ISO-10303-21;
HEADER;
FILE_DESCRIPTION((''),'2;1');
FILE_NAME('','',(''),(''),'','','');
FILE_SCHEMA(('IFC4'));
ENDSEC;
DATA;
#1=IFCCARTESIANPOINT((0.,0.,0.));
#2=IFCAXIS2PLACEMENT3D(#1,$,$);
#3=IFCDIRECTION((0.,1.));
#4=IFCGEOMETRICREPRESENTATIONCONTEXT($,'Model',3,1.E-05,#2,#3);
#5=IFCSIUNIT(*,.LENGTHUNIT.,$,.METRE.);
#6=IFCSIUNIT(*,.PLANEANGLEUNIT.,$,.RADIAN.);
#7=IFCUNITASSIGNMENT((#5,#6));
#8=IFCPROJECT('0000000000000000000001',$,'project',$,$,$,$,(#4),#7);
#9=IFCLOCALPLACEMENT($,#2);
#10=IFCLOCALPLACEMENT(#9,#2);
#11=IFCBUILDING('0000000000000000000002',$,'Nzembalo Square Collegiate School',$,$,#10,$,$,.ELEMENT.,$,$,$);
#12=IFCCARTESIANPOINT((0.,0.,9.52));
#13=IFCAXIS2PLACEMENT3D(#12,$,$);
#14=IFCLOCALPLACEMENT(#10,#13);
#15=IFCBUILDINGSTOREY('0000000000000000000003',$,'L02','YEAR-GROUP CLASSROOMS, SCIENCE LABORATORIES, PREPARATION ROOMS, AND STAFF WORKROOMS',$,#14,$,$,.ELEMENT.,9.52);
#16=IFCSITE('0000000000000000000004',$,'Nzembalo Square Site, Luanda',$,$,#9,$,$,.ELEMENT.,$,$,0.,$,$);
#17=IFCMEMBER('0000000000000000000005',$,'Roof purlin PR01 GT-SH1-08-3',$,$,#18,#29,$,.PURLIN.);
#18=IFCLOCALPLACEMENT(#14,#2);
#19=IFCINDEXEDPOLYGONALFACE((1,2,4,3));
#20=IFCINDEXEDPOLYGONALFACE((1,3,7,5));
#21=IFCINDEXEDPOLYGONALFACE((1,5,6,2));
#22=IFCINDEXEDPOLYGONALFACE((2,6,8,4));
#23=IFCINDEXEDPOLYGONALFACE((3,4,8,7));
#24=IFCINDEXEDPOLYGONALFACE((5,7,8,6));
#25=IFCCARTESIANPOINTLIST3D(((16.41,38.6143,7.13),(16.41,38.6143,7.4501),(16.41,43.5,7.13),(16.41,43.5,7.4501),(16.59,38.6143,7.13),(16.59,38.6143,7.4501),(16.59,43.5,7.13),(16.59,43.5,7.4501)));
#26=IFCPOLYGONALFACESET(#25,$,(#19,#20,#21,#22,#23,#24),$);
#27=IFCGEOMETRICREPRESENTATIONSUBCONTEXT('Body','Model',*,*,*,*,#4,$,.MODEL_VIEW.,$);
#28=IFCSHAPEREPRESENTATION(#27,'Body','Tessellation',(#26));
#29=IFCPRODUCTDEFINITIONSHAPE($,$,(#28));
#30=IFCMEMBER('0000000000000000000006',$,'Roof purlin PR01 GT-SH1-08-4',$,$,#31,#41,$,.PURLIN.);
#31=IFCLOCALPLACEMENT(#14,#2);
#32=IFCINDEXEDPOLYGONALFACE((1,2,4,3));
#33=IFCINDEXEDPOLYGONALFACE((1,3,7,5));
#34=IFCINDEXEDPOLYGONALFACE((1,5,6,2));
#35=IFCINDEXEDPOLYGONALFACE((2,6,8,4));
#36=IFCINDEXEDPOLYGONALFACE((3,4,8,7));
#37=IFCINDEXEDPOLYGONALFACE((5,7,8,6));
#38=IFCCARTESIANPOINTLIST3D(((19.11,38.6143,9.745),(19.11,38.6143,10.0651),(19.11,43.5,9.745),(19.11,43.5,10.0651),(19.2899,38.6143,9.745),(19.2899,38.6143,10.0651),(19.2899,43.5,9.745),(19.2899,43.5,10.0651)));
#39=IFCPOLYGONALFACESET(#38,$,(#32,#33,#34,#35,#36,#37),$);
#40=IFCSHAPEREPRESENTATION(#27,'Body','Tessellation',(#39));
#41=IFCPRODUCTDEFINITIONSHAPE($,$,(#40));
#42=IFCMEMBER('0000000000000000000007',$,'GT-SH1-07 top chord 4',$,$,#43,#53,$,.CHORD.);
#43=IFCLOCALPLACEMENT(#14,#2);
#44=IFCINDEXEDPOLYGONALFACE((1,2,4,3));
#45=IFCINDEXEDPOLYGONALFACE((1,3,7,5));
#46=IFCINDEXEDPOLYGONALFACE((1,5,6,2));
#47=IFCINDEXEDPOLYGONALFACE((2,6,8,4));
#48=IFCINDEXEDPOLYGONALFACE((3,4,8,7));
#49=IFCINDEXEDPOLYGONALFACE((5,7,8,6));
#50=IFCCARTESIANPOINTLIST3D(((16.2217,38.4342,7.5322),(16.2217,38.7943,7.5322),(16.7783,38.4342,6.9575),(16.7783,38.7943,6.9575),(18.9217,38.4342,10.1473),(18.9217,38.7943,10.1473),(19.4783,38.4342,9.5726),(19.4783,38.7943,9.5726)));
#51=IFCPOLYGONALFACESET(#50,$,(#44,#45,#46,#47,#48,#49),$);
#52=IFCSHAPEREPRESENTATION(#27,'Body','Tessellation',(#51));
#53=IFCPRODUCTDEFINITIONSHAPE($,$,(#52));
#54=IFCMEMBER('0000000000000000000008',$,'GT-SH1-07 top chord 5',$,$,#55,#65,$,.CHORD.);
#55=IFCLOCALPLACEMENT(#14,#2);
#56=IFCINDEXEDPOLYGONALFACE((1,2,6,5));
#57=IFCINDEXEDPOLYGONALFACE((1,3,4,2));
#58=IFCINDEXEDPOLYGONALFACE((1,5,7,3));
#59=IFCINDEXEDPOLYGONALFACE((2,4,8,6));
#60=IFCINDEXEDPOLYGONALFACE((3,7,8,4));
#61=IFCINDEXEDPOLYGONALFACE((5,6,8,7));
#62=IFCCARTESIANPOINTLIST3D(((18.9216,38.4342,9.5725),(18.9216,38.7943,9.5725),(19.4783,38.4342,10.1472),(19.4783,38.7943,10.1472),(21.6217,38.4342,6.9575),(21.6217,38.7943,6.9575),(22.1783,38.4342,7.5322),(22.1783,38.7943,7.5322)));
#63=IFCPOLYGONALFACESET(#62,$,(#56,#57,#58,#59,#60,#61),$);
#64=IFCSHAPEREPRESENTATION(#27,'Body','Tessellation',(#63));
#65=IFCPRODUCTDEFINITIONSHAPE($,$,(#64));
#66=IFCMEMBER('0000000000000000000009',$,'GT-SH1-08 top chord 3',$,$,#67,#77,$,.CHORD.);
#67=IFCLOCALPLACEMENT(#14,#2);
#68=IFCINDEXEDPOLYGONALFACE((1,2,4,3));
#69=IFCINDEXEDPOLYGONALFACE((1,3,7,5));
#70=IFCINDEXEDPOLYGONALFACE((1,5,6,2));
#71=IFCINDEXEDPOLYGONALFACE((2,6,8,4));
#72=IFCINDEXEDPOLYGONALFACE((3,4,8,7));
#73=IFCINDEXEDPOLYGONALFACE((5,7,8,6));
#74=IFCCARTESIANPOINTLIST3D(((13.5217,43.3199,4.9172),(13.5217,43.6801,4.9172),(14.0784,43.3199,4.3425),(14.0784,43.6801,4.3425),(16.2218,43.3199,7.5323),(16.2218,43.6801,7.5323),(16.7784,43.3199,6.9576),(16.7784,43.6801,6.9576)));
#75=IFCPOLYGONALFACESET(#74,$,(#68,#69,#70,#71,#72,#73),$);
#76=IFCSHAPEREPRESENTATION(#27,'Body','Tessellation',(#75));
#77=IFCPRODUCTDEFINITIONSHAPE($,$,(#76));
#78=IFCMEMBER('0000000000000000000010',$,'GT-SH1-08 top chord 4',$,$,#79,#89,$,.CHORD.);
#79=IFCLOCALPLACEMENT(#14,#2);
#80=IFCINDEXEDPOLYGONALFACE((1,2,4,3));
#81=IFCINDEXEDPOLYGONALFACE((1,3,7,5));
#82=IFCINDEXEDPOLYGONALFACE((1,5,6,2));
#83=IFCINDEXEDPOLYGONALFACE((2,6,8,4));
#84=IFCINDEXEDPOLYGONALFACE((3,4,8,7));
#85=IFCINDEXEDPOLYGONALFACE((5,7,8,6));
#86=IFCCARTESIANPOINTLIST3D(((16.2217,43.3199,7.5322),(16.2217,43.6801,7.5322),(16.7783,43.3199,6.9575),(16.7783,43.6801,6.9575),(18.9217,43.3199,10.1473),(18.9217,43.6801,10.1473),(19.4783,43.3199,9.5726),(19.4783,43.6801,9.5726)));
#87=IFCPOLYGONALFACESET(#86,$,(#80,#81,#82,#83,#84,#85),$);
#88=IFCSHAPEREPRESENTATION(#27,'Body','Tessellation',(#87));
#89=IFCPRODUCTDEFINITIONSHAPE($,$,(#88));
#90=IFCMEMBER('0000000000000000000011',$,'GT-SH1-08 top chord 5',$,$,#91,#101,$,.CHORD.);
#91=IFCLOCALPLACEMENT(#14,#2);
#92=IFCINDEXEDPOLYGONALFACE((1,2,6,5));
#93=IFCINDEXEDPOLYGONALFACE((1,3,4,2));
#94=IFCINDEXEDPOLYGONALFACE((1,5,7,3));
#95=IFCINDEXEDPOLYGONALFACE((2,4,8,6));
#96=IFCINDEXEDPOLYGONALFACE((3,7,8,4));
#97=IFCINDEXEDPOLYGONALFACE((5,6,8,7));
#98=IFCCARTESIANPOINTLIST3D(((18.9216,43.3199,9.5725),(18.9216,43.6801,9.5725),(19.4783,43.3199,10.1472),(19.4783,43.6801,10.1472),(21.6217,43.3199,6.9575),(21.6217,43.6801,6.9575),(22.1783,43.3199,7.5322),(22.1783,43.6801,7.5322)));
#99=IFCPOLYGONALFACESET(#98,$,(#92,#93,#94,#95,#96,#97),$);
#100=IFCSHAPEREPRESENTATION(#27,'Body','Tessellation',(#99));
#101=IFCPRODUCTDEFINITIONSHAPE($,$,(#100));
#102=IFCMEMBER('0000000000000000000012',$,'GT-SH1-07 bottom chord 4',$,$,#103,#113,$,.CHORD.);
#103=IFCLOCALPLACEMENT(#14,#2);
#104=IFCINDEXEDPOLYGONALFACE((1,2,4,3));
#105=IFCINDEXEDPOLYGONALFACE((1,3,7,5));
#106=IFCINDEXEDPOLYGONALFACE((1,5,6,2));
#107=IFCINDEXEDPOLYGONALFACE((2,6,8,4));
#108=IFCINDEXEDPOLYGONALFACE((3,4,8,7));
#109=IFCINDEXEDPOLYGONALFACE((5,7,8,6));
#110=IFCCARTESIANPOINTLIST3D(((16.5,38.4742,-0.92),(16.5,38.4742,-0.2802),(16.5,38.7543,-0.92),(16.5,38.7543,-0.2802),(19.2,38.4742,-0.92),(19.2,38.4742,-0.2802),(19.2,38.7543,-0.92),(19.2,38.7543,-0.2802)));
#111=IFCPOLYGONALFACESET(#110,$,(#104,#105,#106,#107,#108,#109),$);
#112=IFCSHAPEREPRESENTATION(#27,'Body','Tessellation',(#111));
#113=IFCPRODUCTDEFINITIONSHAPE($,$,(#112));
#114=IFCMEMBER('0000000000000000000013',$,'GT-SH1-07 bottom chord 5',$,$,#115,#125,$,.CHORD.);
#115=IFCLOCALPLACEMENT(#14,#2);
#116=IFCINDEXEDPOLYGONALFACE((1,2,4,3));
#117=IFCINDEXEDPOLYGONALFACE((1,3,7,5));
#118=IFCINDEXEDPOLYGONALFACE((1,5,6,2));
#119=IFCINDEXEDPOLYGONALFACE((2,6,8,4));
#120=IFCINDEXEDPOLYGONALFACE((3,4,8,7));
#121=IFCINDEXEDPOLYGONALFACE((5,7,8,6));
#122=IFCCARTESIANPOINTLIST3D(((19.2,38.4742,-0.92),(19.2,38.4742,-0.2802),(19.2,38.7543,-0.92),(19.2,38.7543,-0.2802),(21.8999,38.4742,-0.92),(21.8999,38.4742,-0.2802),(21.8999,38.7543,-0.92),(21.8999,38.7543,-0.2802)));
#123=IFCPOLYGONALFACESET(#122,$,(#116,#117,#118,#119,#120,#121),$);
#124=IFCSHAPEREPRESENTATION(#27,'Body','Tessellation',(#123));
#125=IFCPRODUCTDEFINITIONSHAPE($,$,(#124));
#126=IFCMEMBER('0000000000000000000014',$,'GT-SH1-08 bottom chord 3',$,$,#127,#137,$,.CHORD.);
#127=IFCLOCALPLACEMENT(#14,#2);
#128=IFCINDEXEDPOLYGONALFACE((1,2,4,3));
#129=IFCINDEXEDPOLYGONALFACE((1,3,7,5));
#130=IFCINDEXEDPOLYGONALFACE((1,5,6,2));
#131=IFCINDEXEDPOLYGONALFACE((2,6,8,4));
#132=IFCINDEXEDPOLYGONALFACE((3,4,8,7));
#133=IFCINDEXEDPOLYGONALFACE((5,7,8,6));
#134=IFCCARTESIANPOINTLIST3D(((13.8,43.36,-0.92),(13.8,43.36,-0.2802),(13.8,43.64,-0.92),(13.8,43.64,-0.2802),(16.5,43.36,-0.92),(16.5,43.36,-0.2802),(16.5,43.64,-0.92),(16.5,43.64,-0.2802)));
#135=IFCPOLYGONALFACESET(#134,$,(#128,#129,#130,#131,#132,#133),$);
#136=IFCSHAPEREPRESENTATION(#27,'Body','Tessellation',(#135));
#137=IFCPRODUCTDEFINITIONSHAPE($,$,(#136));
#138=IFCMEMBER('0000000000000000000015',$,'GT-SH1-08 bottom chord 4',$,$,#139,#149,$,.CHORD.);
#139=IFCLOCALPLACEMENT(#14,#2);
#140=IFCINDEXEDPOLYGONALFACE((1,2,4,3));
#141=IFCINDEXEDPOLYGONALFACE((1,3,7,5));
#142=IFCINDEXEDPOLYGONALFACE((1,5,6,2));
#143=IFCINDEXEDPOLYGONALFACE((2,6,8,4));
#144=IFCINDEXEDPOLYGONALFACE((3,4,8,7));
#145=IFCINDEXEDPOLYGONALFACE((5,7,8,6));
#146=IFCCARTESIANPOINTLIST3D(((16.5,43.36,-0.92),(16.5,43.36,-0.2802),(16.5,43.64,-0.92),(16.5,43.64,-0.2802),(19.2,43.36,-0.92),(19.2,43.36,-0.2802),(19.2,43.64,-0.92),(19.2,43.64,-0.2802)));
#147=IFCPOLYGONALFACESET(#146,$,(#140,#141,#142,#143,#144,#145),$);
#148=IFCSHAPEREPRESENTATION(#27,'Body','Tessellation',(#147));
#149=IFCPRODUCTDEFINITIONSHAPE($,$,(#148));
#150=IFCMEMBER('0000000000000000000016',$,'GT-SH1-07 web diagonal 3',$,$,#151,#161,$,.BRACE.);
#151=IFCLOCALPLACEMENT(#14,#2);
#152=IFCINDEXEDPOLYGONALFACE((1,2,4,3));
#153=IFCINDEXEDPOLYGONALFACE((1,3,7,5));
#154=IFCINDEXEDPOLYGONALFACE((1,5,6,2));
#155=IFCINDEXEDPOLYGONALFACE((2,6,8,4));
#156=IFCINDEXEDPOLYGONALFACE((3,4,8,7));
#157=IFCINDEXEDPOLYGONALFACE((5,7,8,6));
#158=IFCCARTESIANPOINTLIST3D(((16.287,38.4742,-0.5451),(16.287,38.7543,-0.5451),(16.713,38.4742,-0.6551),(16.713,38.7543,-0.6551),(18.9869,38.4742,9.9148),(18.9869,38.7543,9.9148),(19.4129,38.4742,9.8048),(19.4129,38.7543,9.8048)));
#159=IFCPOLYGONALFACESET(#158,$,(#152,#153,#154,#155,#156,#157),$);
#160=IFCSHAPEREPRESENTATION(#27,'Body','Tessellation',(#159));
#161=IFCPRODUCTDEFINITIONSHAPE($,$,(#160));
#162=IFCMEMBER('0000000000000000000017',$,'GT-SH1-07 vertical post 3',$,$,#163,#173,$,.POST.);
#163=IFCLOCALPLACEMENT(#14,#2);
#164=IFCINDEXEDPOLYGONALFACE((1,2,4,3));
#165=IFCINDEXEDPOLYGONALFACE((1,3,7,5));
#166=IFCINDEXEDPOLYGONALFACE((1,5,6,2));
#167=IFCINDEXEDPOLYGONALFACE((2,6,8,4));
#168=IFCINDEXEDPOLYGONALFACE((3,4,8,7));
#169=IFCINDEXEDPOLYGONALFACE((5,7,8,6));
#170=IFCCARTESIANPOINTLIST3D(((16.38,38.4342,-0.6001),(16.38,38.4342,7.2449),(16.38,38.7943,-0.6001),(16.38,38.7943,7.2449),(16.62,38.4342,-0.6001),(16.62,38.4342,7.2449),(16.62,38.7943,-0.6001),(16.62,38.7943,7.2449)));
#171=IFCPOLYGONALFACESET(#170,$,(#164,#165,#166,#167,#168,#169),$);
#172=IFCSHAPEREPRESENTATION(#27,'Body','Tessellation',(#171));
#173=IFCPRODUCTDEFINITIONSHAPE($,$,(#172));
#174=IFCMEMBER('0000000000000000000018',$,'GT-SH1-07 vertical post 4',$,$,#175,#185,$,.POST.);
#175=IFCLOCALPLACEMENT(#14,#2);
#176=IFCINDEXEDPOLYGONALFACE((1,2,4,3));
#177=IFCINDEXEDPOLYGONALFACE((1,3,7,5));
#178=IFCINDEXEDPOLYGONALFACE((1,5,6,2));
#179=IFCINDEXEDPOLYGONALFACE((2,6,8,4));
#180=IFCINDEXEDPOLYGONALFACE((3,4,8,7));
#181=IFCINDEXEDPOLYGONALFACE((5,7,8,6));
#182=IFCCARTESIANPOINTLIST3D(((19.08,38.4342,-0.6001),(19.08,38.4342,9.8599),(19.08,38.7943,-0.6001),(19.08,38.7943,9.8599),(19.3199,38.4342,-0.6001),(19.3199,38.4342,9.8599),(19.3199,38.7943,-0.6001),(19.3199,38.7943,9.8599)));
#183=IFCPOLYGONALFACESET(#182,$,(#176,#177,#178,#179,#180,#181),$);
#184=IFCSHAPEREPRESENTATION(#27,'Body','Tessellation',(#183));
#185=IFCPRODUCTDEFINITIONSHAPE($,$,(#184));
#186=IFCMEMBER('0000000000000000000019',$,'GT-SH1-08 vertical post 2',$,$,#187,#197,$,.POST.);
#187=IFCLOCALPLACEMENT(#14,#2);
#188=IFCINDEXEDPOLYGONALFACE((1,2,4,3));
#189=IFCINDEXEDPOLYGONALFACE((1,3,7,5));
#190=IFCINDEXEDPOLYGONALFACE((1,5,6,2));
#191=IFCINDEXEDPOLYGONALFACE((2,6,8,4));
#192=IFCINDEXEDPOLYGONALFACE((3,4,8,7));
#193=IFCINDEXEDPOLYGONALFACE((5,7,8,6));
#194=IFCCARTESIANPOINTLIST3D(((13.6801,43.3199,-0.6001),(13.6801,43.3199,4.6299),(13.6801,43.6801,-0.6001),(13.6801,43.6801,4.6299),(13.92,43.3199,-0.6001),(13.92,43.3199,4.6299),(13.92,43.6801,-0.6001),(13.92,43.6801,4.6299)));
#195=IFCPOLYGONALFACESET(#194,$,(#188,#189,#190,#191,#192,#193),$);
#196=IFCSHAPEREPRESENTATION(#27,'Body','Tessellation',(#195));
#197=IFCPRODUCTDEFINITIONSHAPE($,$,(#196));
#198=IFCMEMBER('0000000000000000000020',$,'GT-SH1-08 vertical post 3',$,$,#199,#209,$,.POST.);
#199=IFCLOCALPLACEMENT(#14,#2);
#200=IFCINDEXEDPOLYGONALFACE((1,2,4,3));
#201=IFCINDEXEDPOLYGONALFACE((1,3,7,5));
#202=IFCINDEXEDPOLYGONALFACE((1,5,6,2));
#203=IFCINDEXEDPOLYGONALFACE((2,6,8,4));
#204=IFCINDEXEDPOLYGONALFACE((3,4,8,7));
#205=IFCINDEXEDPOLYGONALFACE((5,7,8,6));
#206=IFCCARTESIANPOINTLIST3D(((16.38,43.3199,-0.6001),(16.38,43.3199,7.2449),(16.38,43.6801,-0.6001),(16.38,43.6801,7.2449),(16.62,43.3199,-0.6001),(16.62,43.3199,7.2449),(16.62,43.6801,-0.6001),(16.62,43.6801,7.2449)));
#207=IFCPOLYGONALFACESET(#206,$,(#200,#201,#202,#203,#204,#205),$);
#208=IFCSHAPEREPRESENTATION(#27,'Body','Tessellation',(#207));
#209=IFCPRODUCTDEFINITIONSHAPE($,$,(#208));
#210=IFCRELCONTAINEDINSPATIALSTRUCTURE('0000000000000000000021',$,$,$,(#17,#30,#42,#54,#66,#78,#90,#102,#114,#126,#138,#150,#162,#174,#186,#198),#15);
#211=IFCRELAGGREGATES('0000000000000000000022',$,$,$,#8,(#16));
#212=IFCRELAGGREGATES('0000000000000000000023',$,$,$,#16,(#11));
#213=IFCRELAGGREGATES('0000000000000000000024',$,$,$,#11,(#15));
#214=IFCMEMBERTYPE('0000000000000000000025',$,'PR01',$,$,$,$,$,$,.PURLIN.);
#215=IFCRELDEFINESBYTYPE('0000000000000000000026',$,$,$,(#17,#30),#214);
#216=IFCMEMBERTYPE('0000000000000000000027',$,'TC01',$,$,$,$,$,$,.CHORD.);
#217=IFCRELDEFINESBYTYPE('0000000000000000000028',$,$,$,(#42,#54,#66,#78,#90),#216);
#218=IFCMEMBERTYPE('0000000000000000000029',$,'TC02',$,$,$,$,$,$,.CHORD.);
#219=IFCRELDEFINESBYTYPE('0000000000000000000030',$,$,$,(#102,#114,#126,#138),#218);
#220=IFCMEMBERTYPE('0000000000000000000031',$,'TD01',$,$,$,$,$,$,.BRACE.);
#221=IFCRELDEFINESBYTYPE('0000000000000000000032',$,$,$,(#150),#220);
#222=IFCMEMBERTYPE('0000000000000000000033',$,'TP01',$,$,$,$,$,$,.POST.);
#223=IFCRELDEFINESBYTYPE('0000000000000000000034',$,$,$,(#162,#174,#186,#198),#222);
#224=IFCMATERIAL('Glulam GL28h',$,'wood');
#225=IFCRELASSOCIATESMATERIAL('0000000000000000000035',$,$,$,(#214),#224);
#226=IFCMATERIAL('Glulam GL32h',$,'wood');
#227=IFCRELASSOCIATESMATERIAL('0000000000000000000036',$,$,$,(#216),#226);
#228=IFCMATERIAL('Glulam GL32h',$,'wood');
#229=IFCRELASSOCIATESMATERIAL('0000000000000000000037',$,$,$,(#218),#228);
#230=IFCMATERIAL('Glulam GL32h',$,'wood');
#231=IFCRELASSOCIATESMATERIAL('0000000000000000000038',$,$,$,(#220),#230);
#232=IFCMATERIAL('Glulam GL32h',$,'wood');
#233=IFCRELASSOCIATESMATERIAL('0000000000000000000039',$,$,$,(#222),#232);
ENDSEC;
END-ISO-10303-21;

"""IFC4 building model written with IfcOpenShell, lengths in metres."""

from ifc_helpers import new_model, si_unit, direction, frame, origin, origin_2d, place, context, subcontext, project, spatial, rectangle, extrude, material, material_profile, profile_set, type_object, element, save


model = new_model("IFC4")

# Units and contexts
model_context = context("Model", 3, precision=1e-05, world=origin(), true_north=direction((0.0, 1.0)))
body_context = subcontext(model_context, "Body", "Model", "MODEL_VIEW")
ifc_project = project(units=[si_unit("LENGTHUNIT", "METRE"), si_unit("PLANEANGLEUNIT", "RADIAN")], contexts=[model_context])

# Site, building, storey
site_placement = place(None, origin())
site = spatial("IfcSite", under=ifc_project, at=site_placement, Name="Nzembalo Square Site, Luanda", CompositionType="ELEMENT", RefElevation=0.0)
building_placement = place(site_placement, origin())
building = spatial("IfcBuilding", under=site, at=building_placement, Name="Nzembalo Square Collegiate School", CompositionType="ELEMENT")
storey_placement = place(building_placement, frame((0.0, 0.0, 9.52)))
storey = spatial("IfcBuildingStorey", under=building, at=storey_placement, Name="L02", Description="YEAR-GROUP CLASSROOMS, SCIENCE LABORATORIES, PREPARATION ROOMS, AND STAFF WORKROOMS", CompositionType="ELEMENT", Elevation=9.52)

# Members
ifc_material_1 = material(Name="Glulam GL28h", Category="wood")
ifc_material_profile_1 = material_profile(ifc_material_1, rectangle(XDim=0.1799, YDim=0.3201, at=origin_2d()), Name="GL28h 180x320")
ifc_profile_set_1 = profile_set([ifc_material_profile_1], Name="Glulam GL28h")
member_type_1 = type_object("IfcMemberType", Name="PR01", PredefinedType="PURLIN", material=ifc_profile_set_1)
for number, where, z_axis, x_axis, name in (
    (1, (16.5, 38.6143, 7.29), (0.0, 1.0, 0.0), (-1.0, 0.0, 0.0), "Roof purlin PR01 GT-SH1-08-3"),
    (2, (19.2, 38.6143, 9.905), (0.0, 1.0, 0.0), (-1.0, 0.0, 0.0), "Roof purlin PR01 GT-SH1-08-4"),
):
    element("IfcMember", number, at=place(storey_placement, frame(where, z_axis=z_axis, x_axis=x_axis)), inside=storey, type_object=member_type_1, Name=name, PredefinedType="PURLIN", context=body_context, shape_type="SweptSolid", body=[
        extrude(rectangle(XDim=0.1799, YDim=0.3201, at=origin_2d()), origin(), (0.0, 0.0, 1.0), 4.8857),
    ])
ifc_material_2 = material(Name="Glulam GL32h", Category="wood")
ifc_material_profile_2 = material_profile(ifc_material_2, rectangle(XDim=0.3601, YDim=0.8, at=origin_2d()), Name="GL32h 360x800")
ifc_profile_set_2 = profile_set([ifc_material_profile_2], Name="Glulam GL32h")
member_type_2 = type_object("IfcMemberType", Name="TC01", PredefinedType="CHORD", material=ifc_profile_set_2)
for number, where, z_axis, x_axis, name in (
    (3, (16.5, 38.6143, 7.2449), (0.718318, 0.0, 0.695715), (0.0, 1.0, 0.0), "GT-SH1-07 top chord 4"),
    (4, (19.2, 38.6143, 9.8599), (0.718318, 0.0, -0.695715), (0.0, 1.0, 0.0), "GT-SH1-07 top chord 5"),
    (5, (13.8, 43.5, 4.6299), (0.718318, 0.0, 0.695715), (0.0, 1.0, 0.0), "GT-SH1-08 top chord 3"),
    (6, (16.5, 43.5, 7.2449), (0.718318, 0.0, 0.695715), (0.0, 1.0, 0.0), "GT-SH1-08 top chord 4"),
    (7, (19.2, 43.5, 9.8599), (0.718318, 0.0, -0.695715), (0.0, 1.0, 0.0), "GT-SH1-08 top chord 5"),
):
    element("IfcMember", number, at=place(storey_placement, frame(where, z_axis=z_axis, x_axis=x_axis)), inside=storey, type_object=member_type_2, Name=name, PredefinedType="CHORD", context=body_context, shape_type="SweptSolid", body=[
        extrude(rectangle(XDim=0.3601, YDim=0.8, at=origin_2d()), origin(), (0.0, 0.0, 1.0), 3.7588),
    ])
ifc_material_3 = material(Name="Glulam GL32h", Category="wood")
ifc_material_profile_3 = material_profile(ifc_material_3, rectangle(XDim=0.28, YDim=0.6399, at=origin_2d()), Name="GL32h 280x640")
ifc_profile_set_3 = profile_set([ifc_material_profile_3], Name="Glulam GL32h")
member_type_3 = type_object("IfcMemberType", Name="TC02", PredefinedType="CHORD", material=ifc_profile_set_3)
for number, where, z_axis, x_axis, name in (
    (8, (16.5, 38.6143, -0.6001), (1.0, 0.0, 0.0), (0.0, 1.0, 0.0), "GT-SH1-07 bottom chord 4"),
    (9, (19.2, 38.6143, -0.6001), (1.0, 0.0, 0.0), (0.0, 1.0, 0.0), "GT-SH1-07 bottom chord 5"),
    (10, (13.8, 43.5, -0.6001), (1.0, 0.0, 0.0), (0.0, 1.0, 0.0), "GT-SH1-08 bottom chord 3"),
    (11, (16.5, 43.5, -0.6001), (1.0, 0.0, 0.0), (0.0, 1.0, 0.0), "GT-SH1-08 bottom chord 4"),
):
    element("IfcMember", number, at=place(storey_placement, frame(where, z_axis=z_axis, x_axis=x_axis)), inside=storey, type_object=member_type_3, Name=name, PredefinedType="CHORD", context=body_context, shape_type="SweptSolid", body=[
        extrude(rectangle(XDim=0.28, YDim=0.6399, at=origin_2d()), origin(), (0.0, 0.0, 1.0), 2.7),
    ])
ifc_material_4 = material(Name="Glulam GL32h", Category="wood")
ifc_material_profile_4 = material_profile(ifc_material_4, rectangle(XDim=0.28, YDim=0.4399, at=origin_2d()), Name="GL32h 280x440")
ifc_profile_set_4 = profile_set([ifc_material_profile_4], Name="Glulam GL32h")
member_type_4 = type_object("IfcMemberType", Name="TD01", PredefinedType="BRACE", material=ifc_profile_set_4)
member_1_placement = place(storey_placement, frame((16.5, 38.6143, -0.6001), z_axis=(0.249931, 0.0, 0.968264), x_axis=(0.0, 1.0, 0.0)))
element("IfcMember", 12, at=member_1_placement, inside=storey, type_object=member_type_4, Name="GT-SH1-07 web diagonal 3", PredefinedType="BRACE", context=body_context, shape_type="SweptSolid", body=[
    extrude(rectangle(XDim=0.28, YDim=0.4399, at=origin_2d()), origin(), (0.0, 0.0, 1.0), 10.8027),
])
ifc_material_5 = material(Name="Glulam GL32h", Category="wood")
ifc_material_profile_5 = material_profile(ifc_material_5, rectangle(XDim=0.24, YDim=0.3601, at=origin_2d()), Name="GL32h 240x360")
ifc_profile_set_5 = profile_set([ifc_material_profile_5], Name="Glulam GL32h")
member_type_5 = type_object("IfcMemberType", Name="TP01", PredefinedType="POST", material=ifc_profile_set_5)
member_2_placement = place(storey_placement, frame((16.5, 38.6143, -0.6001), z_axis=(0.0, 0.0, 1.0), x_axis=(1.0, 0.0, 0.0)))
element("IfcMember", 13, at=member_2_placement, inside=storey, type_object=member_type_5, Name="GT-SH1-07 vertical post 3", PredefinedType="POST", context=body_context, shape_type="SweptSolid", body=[
    extrude(rectangle(XDim=0.24, YDim=0.3601, at=origin_2d()), origin(), (0.0, 0.0, 1.0), 7.845),
])
member_3_placement = place(storey_placement, frame((19.2, 38.6143, -0.6001), z_axis=(0.0, 0.0, 1.0), x_axis=(1.0, 0.0, 0.0)))
element("IfcMember", 14, at=member_3_placement, inside=storey, type_object=member_type_5, Name="GT-SH1-07 vertical post 4", PredefinedType="POST", context=body_context, shape_type="SweptSolid", body=[
    extrude(rectangle(XDim=0.24, YDim=0.3601, at=origin_2d()), origin(), (0.0, 0.0, 1.0), 10.46),
])
member_4_placement = place(storey_placement, frame((13.8, 43.5, -0.6001), z_axis=(0.0, 0.0, 1.0), x_axis=(1.0, 0.0, 0.0)))
element("IfcMember", 15, at=member_4_placement, inside=storey, type_object=member_type_5, Name="GT-SH1-08 vertical post 2", PredefinedType="POST", context=body_context, shape_type="SweptSolid", body=[
    extrude(rectangle(XDim=0.24, YDim=0.3601, at=origin_2d()), origin(), (0.0, 0.0, 1.0), 5.23),
])
member_5_placement = place(storey_placement, frame((16.5, 43.5, -0.6001), z_axis=(0.0, 0.0, 1.0), x_axis=(1.0, 0.0, 0.0)))
element("IfcMember", 16, at=member_5_placement, inside=storey, type_object=member_type_5, Name="GT-SH1-08 vertical post 3", PredefinedType="POST", context=body_context, shape_type="SweptSolid", body=[
    extrude(rectangle(XDim=0.24, YDim=0.3601, at=origin_2d()), origin(), (0.0, 0.0, 1.0), 7.845),
])

save(model, "model.ifc")
